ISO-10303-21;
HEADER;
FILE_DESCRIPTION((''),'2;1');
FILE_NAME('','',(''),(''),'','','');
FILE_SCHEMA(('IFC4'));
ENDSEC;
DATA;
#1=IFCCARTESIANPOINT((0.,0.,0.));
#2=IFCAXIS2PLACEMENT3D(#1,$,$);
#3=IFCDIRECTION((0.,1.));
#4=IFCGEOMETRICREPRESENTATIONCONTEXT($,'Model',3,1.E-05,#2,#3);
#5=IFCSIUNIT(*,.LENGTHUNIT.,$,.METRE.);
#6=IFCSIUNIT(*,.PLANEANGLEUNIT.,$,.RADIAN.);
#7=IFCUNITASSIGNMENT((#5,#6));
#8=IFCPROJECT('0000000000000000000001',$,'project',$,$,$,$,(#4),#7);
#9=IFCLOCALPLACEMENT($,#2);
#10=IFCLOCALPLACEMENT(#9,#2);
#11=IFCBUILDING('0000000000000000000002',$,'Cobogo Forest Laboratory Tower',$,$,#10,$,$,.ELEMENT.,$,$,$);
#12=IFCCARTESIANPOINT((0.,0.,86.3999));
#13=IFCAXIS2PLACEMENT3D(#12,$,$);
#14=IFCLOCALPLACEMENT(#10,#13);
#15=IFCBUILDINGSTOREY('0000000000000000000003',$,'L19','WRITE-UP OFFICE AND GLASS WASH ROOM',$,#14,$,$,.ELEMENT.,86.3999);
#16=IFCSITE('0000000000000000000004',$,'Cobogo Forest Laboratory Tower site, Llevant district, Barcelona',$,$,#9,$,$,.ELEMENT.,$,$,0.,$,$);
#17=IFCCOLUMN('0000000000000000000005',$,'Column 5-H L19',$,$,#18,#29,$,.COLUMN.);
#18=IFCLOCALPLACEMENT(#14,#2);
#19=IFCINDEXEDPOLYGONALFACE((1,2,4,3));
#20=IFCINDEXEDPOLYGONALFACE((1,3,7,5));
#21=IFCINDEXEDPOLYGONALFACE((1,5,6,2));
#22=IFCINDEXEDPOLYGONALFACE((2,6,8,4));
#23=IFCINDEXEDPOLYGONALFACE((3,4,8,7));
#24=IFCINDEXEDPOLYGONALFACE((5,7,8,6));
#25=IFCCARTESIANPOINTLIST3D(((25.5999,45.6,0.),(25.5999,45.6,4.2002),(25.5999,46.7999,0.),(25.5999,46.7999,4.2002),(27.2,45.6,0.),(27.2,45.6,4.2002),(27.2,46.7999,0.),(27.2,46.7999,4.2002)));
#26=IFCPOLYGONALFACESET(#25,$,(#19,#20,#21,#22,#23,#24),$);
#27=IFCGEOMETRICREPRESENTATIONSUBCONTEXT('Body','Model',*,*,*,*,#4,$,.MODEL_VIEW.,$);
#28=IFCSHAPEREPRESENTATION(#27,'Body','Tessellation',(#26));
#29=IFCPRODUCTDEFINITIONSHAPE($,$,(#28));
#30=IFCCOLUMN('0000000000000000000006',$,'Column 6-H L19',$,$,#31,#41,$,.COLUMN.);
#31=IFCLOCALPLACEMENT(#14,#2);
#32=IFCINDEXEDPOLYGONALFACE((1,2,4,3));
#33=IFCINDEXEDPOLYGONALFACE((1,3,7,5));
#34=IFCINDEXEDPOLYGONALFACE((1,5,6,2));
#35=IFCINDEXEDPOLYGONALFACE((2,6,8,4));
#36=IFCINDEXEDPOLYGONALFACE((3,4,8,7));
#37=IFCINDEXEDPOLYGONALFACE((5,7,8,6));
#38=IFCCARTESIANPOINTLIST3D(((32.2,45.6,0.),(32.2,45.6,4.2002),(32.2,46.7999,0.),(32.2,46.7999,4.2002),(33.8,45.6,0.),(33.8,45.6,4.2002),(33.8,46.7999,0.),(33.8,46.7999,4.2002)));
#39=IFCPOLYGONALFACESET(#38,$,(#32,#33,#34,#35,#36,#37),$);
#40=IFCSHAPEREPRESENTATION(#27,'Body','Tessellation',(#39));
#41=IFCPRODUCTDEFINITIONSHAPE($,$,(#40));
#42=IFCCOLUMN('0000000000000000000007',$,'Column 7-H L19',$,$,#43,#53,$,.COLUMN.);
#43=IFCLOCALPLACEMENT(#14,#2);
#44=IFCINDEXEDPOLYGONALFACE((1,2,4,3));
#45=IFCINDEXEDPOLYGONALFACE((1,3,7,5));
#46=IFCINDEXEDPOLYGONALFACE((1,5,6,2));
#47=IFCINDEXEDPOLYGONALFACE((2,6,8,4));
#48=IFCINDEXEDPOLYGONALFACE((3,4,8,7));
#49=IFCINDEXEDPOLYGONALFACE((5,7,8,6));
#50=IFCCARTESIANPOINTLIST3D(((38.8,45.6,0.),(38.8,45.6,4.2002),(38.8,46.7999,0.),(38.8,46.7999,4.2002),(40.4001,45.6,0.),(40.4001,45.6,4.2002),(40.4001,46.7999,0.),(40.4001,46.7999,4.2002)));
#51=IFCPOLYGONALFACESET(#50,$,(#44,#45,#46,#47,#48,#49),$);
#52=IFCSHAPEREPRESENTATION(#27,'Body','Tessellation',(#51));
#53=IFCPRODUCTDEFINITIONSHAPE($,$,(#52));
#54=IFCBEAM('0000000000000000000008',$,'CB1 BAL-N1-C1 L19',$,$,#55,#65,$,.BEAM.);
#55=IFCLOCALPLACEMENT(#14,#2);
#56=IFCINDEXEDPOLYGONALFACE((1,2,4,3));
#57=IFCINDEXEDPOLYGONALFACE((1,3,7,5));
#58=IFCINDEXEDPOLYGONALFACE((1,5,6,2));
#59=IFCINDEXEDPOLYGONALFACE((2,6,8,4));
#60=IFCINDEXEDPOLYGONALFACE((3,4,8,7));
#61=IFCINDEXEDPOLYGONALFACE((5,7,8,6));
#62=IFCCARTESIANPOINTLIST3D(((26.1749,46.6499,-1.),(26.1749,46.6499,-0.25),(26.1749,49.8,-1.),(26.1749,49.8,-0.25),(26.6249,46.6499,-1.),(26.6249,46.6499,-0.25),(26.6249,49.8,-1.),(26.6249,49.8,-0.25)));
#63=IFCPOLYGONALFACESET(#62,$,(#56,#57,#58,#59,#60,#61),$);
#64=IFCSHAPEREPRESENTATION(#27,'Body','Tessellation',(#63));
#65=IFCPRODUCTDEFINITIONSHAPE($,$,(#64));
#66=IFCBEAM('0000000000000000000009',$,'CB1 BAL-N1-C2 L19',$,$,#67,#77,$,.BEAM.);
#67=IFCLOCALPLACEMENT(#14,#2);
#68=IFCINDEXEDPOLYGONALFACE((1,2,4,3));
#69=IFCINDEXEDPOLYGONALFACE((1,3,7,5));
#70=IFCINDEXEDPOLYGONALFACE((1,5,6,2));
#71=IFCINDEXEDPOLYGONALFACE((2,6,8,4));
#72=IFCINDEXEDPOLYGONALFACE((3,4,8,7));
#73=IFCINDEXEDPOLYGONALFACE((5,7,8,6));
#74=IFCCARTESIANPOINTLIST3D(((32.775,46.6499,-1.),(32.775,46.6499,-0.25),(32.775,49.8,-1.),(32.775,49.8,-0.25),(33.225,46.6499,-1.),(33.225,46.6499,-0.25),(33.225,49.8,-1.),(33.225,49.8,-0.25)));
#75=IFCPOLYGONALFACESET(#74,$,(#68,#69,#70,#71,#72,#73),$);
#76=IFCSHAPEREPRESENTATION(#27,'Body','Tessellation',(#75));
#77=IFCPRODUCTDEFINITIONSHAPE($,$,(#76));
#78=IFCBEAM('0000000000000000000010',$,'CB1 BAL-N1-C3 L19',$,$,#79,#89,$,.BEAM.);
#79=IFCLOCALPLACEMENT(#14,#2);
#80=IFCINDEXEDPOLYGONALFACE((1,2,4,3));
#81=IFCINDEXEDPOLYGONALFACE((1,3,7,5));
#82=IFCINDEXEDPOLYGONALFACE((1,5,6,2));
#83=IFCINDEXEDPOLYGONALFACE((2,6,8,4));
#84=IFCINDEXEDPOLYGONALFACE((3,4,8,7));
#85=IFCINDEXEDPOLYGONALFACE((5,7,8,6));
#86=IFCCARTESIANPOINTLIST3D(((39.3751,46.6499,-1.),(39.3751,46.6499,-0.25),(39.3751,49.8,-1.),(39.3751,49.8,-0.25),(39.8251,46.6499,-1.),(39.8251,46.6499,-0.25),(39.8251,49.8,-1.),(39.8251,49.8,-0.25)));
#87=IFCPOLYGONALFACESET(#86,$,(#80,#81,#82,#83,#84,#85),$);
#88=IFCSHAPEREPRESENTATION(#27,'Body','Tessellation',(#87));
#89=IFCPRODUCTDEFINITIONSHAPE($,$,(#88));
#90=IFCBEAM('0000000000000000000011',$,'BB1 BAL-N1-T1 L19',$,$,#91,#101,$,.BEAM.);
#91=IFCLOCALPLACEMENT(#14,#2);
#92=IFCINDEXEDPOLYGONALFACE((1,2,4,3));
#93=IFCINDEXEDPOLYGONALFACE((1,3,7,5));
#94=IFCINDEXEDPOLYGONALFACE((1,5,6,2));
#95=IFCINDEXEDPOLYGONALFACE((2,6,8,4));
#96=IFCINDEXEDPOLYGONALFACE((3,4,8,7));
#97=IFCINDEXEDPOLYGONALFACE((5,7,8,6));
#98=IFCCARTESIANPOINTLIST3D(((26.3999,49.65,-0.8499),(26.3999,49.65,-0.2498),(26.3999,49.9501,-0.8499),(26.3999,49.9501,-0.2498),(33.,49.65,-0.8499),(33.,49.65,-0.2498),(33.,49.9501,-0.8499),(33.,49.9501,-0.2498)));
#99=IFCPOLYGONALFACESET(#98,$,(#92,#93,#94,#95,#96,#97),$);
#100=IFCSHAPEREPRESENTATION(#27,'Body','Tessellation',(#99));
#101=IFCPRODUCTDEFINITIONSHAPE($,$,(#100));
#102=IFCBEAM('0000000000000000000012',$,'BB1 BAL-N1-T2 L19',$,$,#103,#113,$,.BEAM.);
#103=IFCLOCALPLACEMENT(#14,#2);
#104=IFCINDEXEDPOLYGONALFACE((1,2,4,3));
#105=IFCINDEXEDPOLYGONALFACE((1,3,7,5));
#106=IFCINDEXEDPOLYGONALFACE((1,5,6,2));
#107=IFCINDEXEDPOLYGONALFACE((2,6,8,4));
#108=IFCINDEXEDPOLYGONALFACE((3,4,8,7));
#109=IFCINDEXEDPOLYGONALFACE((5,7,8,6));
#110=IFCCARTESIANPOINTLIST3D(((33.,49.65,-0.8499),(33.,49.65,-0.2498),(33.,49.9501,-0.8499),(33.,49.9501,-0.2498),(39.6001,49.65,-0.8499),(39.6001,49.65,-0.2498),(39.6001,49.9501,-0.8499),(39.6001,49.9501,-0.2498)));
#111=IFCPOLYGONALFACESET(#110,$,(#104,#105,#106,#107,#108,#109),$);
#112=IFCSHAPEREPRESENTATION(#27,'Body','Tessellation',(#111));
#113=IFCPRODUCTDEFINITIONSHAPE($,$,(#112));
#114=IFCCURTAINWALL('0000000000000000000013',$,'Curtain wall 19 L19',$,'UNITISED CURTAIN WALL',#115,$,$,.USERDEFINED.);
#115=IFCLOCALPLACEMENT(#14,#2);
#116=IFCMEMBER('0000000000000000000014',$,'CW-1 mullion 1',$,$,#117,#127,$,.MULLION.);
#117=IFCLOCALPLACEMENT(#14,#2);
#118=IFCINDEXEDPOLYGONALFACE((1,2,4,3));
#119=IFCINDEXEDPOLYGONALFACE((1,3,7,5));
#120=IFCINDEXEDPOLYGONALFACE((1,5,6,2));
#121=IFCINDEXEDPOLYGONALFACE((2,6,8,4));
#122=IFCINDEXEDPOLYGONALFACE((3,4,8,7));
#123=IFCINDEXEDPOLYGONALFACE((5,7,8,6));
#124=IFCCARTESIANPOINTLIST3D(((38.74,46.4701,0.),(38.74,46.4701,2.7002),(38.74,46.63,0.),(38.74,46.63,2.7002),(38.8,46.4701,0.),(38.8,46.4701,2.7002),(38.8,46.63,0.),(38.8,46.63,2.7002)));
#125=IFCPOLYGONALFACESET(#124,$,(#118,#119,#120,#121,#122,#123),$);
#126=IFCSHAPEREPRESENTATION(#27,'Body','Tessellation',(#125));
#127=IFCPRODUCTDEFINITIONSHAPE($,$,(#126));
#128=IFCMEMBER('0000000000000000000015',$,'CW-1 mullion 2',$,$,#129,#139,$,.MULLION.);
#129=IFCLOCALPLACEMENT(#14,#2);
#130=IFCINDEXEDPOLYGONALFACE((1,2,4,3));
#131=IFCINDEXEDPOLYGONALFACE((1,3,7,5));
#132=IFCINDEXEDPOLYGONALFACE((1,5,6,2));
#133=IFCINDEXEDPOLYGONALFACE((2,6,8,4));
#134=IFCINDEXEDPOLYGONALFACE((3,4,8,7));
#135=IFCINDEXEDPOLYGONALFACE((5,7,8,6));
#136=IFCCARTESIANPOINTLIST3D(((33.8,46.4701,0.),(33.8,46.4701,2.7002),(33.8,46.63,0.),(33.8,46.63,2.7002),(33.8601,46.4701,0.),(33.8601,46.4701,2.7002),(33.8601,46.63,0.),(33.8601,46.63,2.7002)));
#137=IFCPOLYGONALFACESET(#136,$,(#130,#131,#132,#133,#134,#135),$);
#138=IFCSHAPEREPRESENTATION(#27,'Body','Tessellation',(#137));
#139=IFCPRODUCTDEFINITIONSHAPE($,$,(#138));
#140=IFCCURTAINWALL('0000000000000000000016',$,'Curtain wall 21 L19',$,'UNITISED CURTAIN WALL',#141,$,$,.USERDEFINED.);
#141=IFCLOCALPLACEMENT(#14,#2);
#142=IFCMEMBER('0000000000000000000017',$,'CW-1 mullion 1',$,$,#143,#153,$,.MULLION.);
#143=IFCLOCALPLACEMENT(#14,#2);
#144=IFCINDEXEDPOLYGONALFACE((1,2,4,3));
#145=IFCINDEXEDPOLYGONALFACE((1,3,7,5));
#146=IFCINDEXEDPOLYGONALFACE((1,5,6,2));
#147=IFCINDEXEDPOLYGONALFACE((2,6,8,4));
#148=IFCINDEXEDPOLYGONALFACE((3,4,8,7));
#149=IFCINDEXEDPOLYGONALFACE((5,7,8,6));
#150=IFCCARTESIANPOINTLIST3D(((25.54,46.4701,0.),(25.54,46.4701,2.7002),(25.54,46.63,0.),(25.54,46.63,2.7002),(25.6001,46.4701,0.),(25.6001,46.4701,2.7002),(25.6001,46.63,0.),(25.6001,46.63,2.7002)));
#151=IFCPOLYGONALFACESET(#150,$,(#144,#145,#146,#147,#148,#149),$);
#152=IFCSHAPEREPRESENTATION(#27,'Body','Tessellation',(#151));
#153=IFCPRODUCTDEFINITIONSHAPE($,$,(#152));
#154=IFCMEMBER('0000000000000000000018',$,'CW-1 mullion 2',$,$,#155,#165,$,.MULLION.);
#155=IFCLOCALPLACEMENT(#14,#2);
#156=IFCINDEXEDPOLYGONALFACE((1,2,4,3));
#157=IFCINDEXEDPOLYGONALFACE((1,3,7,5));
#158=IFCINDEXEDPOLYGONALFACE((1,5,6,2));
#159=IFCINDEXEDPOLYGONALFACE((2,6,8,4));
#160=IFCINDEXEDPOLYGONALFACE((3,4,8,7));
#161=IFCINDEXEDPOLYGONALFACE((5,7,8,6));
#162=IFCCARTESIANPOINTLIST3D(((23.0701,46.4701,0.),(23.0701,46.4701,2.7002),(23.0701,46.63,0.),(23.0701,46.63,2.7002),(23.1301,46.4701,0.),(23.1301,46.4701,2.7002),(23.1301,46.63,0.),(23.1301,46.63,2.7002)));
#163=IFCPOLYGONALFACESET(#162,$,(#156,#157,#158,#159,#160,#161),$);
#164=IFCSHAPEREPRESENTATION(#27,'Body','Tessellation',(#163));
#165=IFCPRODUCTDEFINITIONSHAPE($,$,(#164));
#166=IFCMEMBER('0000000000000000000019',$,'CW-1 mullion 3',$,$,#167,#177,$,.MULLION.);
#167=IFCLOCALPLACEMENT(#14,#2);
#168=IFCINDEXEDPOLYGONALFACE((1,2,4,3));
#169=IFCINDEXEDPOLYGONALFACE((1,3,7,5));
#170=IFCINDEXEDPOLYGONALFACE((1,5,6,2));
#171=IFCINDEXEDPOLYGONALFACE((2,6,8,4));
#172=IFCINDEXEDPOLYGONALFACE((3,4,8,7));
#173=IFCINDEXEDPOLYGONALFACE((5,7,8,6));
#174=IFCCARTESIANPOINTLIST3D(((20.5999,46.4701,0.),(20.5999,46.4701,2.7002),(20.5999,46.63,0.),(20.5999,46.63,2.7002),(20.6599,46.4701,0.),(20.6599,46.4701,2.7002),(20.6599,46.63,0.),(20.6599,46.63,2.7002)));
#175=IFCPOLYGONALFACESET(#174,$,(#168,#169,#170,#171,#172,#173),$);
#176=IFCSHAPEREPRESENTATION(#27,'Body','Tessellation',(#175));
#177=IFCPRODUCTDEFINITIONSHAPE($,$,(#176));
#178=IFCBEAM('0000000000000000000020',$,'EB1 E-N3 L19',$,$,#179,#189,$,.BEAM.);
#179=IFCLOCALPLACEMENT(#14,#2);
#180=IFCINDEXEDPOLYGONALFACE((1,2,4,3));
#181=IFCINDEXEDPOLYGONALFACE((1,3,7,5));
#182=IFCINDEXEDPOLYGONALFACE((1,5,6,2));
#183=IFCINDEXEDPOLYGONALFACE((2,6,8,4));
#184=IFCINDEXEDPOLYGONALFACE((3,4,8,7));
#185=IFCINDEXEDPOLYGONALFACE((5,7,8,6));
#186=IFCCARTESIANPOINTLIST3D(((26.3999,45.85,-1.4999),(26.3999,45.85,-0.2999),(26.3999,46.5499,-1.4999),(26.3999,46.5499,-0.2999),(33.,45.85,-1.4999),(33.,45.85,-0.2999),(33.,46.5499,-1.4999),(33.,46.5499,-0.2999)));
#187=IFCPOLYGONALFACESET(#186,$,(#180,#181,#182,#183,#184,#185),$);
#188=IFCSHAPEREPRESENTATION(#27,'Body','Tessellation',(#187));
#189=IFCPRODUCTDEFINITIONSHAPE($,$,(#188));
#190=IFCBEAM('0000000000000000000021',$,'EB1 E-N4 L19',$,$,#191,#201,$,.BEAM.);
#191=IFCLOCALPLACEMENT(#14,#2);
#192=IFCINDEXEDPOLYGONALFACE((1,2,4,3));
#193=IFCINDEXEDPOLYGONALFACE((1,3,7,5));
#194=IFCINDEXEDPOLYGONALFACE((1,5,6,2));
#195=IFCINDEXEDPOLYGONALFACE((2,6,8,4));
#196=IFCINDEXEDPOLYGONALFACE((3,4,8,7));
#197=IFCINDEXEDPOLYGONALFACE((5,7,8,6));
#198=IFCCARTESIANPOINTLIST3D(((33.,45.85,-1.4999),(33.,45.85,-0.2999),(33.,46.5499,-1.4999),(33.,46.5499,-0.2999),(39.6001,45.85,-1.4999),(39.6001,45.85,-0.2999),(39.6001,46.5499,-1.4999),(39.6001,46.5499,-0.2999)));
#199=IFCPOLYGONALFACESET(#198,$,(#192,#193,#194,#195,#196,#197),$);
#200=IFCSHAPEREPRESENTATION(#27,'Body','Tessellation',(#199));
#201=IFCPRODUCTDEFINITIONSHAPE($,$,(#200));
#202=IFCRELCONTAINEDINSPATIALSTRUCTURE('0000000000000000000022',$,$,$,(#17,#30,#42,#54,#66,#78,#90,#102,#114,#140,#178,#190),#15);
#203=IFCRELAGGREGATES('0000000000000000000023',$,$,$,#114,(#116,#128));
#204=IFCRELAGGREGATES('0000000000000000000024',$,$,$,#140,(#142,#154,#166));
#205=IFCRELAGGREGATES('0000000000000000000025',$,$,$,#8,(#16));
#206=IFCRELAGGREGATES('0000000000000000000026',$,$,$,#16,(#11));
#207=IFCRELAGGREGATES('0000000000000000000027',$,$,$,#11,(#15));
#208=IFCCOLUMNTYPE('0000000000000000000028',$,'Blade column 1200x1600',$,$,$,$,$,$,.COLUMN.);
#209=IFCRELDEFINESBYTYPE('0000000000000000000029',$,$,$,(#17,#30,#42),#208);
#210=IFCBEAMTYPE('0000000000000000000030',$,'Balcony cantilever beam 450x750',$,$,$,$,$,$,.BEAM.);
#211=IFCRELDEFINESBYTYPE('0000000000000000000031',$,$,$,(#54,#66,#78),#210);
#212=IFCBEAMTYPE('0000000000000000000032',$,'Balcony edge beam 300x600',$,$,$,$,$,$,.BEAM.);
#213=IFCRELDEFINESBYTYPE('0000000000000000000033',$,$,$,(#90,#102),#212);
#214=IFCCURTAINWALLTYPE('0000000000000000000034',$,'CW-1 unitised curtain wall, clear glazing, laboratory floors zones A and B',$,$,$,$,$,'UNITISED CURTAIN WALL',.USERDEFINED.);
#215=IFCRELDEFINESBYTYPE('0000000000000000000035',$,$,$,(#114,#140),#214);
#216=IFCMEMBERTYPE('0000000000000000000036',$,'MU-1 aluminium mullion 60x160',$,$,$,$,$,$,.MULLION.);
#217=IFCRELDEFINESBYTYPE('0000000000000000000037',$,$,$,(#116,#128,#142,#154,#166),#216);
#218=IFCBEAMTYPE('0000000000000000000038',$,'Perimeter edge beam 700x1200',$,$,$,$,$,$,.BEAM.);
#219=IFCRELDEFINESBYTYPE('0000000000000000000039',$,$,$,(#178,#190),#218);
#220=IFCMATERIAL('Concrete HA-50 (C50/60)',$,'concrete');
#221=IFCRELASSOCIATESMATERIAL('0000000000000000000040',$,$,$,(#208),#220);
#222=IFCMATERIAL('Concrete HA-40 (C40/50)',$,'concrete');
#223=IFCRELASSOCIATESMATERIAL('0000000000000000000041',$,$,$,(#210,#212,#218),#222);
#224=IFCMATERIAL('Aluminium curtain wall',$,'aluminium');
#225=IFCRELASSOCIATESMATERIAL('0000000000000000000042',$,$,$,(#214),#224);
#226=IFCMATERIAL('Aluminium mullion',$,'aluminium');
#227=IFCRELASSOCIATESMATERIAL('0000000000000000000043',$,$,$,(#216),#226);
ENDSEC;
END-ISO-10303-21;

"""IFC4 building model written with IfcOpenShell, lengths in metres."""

from ifc_helpers import new_model, si_unit, direction, frame, origin, origin_2d, place, context, subcontext, project, spatial, rectangle, extrude, material, material_profile, profile_set, type_object, element, aggregate, save


model = new_model("IFC4")

# Units and contexts
model_context = context("Model", 3, precision=1e-05, world=origin(), true_north=direction((0.0, 1.0)))
body_context = subcontext(model_context, "Body", "Model", "MODEL_VIEW")
ifc_project = project(units=[si_unit("LENGTHUNIT", "METRE"), si_unit("PLANEANGLEUNIT", "RADIAN")], contexts=[model_context])

# Site, building, storey
site_placement = place(None, origin())
site = spatial("IfcSite", under=ifc_project, at=site_placement, Name="Cobogo Forest Laboratory Tower site, Llevant district, Barcelona", CompositionType="ELEMENT", RefElevation=0.0)
building_placement = place(site_placement, origin())
building = spatial("IfcBuilding", under=site, at=building_placement, Name="Cobogo Forest Laboratory Tower", CompositionType="ELEMENT")
storey_placement = place(building_placement, frame((0.0, 0.0, 86.3999)))
storey = spatial("IfcBuildingStorey", under=building, at=storey_placement, Name="L19", Description="WRITE-UP OFFICE AND GLASS WASH ROOM", CompositionType="ELEMENT", Elevation=86.3999)

# Columns
ifc_material_1 = material(Name="Concrete HA-50 (C50/60)", Category="concrete")
ifc_material_profile_1 = material_profile(ifc_material_1, rectangle(XDim=1.6001, YDim=1.2, at=origin_2d()), Name="RC 1200x1600")
ifc_profile_set_1 = profile_set([ifc_material_profile_1], Name="Concrete HA-50 (C50/60)")
column_type = type_object("IfcColumnType", Name="Blade column 1200x1600", PredefinedType="COLUMN", material=ifc_profile_set_1)
for number, where, z_axis, x_axis, name in (
    (1, (26.3999, 46.2, 0.0), (0.0, 0.0, 1.0), (1.0, 0.0, 0.0), "Column 5-H L19"),
    (2, (33.0, 46.2, 0.0), (0.0, 0.0, 1.0), (1.0, 0.0, 0.0), "Column 6-H L19"),
    (3, (39.6001, 46.2, 0.0), (0.0, 0.0, 1.0), (1.0, 0.0, 0.0), "Column 7-H L19"),
):
    element("IfcColumn", number, at=place(storey_placement, frame(where, z_axis=z_axis, x_axis=x_axis)), inside=storey, type_object=column_type, Name=name, PredefinedType="COLUMN", context=body_context, shape_type="SweptSolid", body=[
        extrude(rectangle(XDim=1.6001, YDim=1.2, at=origin_2d()), origin(), (0.0, 0.0, 1.0), 4.2002),
    ])

# Beams
ifc_material_2 = material(Name="Concrete HA-40 (C40/50)", Category="concrete")
ifc_material_profile_2 = material_profile(ifc_material_2, rectangle(XDim=0.45, YDim=0.75, at=origin_2d()), Name="RC 450x750")
ifc_profile_set_2 = profile_set([ifc_material_profile_2], Name="Concrete HA-40 (C40/50)")
beam_type_1 = type_object("IfcBeamType", Name="Balcony cantilever beam 450x750", PredefinedType="BEAM", material=ifc_profile_set_2)
for number, where, z_axis, x_axis, name in (
    (4, (26.3999, 46.6499, -0.625), (0.0, 1.0, 0.0), (-1.0, 0.0, 0.0), "CB1 BAL-N1-C1 L19"),
    (5, (33.0, 46.6499, -0.625), (0.0, 1.0, 0.0), (-1.0, 0.0, 0.0), "CB1 BAL-N1-C2 L19"),
    (6, (39.6001, 46.6499, -0.625), (0.0, 1.0, 0.0), (-1.0, 0.0, 0.0), "CB1 BAL-N1-C3 L19"),
):
    element("IfcBeam", number, at=place(storey_placement, frame(where, z_axis=z_axis, x_axis=x_axis)), inside=storey, type_object=beam_type_1, Name=name, PredefinedType="BEAM", context=body_context, shape_type="SweptSolid", body=[
        extrude(rectangle(XDim=0.45, YDim=0.75, at=origin_2d()), origin(), (0.0, 0.0, 1.0), 3.1501),
    ])
ifc_material_profile_3 = material_profile(ifc_material_2, rectangle(XDim=0.3, YDim=0.6001, at=origin_2d()), Name="RC 300x600")
ifc_profile_set_3 = profile_set([ifc_material_profile_3], Name="Concrete HA-40 (C40/50)")
beam_type_2 = type_object("IfcBeamType", Name="Balcony edge beam 300x600", PredefinedType="BEAM", material=ifc_profile_set_3)
for number, where, z_axis, x_axis, name in (
    (7, (26.3999, 49.8, -0.5498), (1.0, 0.0, 0.0), (0.0, 1.0, 0.0), "BB1 BAL-N1-T1 L19"),
    (8, (33.0, 49.8, -0.5498), (1.0, 0.0, 0.0), (0.0, 1.0, 0.0), "BB1 BAL-N1-T2 L19"),
):
    element("IfcBeam", number, at=place(storey_placement, frame(where, z_axis=z_axis, x_axis=x_axis)), inside=storey, type_object=beam_type_2, Name=name, PredefinedType="BEAM", context=body_context, shape_type="SweptSolid", body=[
        extrude(rectangle(XDim=0.3, YDim=0.6001, at=origin_2d()), origin(), (0.0, 0.0, 1.0), 6.6001),
    ])

# Curtain walls, members
ifc_material_3 = material(Name="Aluminium curtain wall", Category="aluminium")
curtain_wall_type = type_object("IfcCurtainWallType", Name="CW-1 unitised curtain wall, clear glazing, laboratory floors zones A and B", ElementType="UNITISED CURTAIN WALL", PredefinedType="USERDEFINED", material=ifc_material_3)
curtain_wall_1_placement = place(storey_placement, origin())
curtain_wall_1 = element("IfcCurtainWall", 9, at=curtain_wall_1_placement, inside=storey, type_object=curtain_wall_type, Name="Curtain wall 19 L19", ObjectType="UNITISED CURTAIN WALL", PredefinedType="USERDEFINED")
ifc_material_4 = material(Name="Aluminium mullion", Category="aluminium")
ifc_material_profile_4 = material_profile(ifc_material_4, rectangle(XDim=0.0601, YDim=0.1599, at=origin_2d()), Name="AL 60x160")
ifc_profile_set_4 = profile_set([ifc_material_profile_4], Name="Aluminium mullion")
member_type_1 = type_object("IfcMemberType", Name="MU-1 aluminium mullion 60x160", PredefinedType="MULLION", material=ifc_profile_set_4)
member_1_placement = place(storey_placement, frame((38.77, 46.55, 0.0), z_axis=(0.0, 0.0, 1.0), x_axis=(-1.0, 0.0, 0.0)))
member_1 = element("IfcMember", 10, at=member_1_placement, type_object=member_type_1, Name="CW-1 mullion 1", PredefinedType="MULLION", context=body_context, shape_type="SweptSolid", body=[
    extrude(rectangle(XDim=0.0601, YDim=0.1599, at=origin_2d()), origin(), (0.0, 0.0, 1.0), 2.7002),
])
member_2_placement = place(storey_placement, frame((33.8301, 46.55, 0.0), z_axis=(0.0, 0.0, 1.0), x_axis=(-1.0, 0.0, 0.0)))
member_2 = element("IfcMember", 11, at=member_2_placement, type_object=member_type_1, Name="CW-1 mullion 2", PredefinedType="MULLION", context=body_context, shape_type="SweptSolid", body=[
    extrude(rectangle(XDim=0.0601, YDim=0.1599, at=origin_2d()), origin(), (0.0, 0.0, 1.0), 2.7002),
])
curtain_wall_2_placement = place(storey_placement, origin())
curtain_wall_2 = element("IfcCurtainWall", 12, at=curtain_wall_2_placement, inside=storey, type_object=curtain_wall_type, Name="Curtain wall 21 L19", ObjectType="UNITISED CURTAIN WALL", PredefinedType="USERDEFINED")
member_3_placement = place(storey_placement, frame((25.5701, 46.55, 0.0), z_axis=(0.0, 0.0, 1.0), x_axis=(-1.0, 0.0, 0.0)))
member_3 = element("IfcMember", 13, at=member_3_placement, type_object=member_type_1, Name="CW-1 mullion 1", PredefinedType="MULLION", context=body_context, shape_type="SweptSolid", body=[
    extrude(rectangle(XDim=0.0601, YDim=0.1599, at=origin_2d()), origin(), (0.0, 0.0, 1.0), 2.7002),
])
member_4_placement = place(storey_placement, frame((23.1001, 46.55, 0.0), z_axis=(0.0, 0.0, 1.0), x_axis=(-1.0, 0.0, 0.0)))
member_4 = element("IfcMember", 14, at=member_4_placement, type_object=member_type_1, Name="CW-1 mullion 2", PredefinedType="MULLION", context=body_context, shape_type="SweptSolid", body=[
    extrude(rectangle(XDim=0.0601, YDim=0.1599, at=origin_2d()), origin(), (0.0, 0.0, 1.0), 2.7002),
])
member_5_placement = place(storey_placement, frame((20.6299, 46.55, 0.0), z_axis=(0.0, 0.0, 1.0), x_axis=(-1.0, 0.0, 0.0)))
member_5 = element("IfcMember", 15, at=member_5_placement, type_object=member_type_1, Name="CW-1 mullion 3", PredefinedType="MULLION", context=body_context, shape_type="SweptSolid", body=[
    extrude(rectangle(XDim=0.0601, YDim=0.1599, at=origin_2d()), origin(), (0.0, 0.0, 1.0), 2.7002),
])

# Beams
ifc_material_profile_5 = material_profile(ifc_material_2, rectangle(XDim=0.7, YDim=1.2, at=origin_2d()), Name="RC 700x1200")
ifc_profile_set_5 = profile_set([ifc_material_profile_5], Name="Concrete HA-40 (C40/50)")
beam_type_3 = type_object("IfcBeamType", Name="Perimeter edge beam 700x1200", PredefinedType="BEAM", material=ifc_profile_set_5)
for number, where, z_axis, x_axis, name in (
    (16, (26.3999, 46.2, -0.8999), (1.0, 0.0, 0.0), (0.0, 1.0, 0.0), "EB1 E-N3 L19"),
    (17, (33.0, 46.2, -0.8999), (1.0, 0.0, 0.0), (0.0, 1.0, 0.0), "EB1 E-N4 L19"),
):
    element("IfcBeam", number, at=place(storey_placement, frame(where, z_axis=z_axis, x_axis=x_axis)), inside=storey, type_object=beam_type_3, Name=name, PredefinedType="BEAM", context=body_context, shape_type="SweptSolid", body=[
        extrude(rectangle(XDim=0.7, YDim=1.2, at=origin_2d()), origin(), (0.0, 0.0, 1.0), 6.6001),
    ])

aggregate(curtain_wall_1, [member_1, member_2])
aggregate(curtain_wall_2, [member_3, member_4, member_5])

save(model, "model.ifc")
